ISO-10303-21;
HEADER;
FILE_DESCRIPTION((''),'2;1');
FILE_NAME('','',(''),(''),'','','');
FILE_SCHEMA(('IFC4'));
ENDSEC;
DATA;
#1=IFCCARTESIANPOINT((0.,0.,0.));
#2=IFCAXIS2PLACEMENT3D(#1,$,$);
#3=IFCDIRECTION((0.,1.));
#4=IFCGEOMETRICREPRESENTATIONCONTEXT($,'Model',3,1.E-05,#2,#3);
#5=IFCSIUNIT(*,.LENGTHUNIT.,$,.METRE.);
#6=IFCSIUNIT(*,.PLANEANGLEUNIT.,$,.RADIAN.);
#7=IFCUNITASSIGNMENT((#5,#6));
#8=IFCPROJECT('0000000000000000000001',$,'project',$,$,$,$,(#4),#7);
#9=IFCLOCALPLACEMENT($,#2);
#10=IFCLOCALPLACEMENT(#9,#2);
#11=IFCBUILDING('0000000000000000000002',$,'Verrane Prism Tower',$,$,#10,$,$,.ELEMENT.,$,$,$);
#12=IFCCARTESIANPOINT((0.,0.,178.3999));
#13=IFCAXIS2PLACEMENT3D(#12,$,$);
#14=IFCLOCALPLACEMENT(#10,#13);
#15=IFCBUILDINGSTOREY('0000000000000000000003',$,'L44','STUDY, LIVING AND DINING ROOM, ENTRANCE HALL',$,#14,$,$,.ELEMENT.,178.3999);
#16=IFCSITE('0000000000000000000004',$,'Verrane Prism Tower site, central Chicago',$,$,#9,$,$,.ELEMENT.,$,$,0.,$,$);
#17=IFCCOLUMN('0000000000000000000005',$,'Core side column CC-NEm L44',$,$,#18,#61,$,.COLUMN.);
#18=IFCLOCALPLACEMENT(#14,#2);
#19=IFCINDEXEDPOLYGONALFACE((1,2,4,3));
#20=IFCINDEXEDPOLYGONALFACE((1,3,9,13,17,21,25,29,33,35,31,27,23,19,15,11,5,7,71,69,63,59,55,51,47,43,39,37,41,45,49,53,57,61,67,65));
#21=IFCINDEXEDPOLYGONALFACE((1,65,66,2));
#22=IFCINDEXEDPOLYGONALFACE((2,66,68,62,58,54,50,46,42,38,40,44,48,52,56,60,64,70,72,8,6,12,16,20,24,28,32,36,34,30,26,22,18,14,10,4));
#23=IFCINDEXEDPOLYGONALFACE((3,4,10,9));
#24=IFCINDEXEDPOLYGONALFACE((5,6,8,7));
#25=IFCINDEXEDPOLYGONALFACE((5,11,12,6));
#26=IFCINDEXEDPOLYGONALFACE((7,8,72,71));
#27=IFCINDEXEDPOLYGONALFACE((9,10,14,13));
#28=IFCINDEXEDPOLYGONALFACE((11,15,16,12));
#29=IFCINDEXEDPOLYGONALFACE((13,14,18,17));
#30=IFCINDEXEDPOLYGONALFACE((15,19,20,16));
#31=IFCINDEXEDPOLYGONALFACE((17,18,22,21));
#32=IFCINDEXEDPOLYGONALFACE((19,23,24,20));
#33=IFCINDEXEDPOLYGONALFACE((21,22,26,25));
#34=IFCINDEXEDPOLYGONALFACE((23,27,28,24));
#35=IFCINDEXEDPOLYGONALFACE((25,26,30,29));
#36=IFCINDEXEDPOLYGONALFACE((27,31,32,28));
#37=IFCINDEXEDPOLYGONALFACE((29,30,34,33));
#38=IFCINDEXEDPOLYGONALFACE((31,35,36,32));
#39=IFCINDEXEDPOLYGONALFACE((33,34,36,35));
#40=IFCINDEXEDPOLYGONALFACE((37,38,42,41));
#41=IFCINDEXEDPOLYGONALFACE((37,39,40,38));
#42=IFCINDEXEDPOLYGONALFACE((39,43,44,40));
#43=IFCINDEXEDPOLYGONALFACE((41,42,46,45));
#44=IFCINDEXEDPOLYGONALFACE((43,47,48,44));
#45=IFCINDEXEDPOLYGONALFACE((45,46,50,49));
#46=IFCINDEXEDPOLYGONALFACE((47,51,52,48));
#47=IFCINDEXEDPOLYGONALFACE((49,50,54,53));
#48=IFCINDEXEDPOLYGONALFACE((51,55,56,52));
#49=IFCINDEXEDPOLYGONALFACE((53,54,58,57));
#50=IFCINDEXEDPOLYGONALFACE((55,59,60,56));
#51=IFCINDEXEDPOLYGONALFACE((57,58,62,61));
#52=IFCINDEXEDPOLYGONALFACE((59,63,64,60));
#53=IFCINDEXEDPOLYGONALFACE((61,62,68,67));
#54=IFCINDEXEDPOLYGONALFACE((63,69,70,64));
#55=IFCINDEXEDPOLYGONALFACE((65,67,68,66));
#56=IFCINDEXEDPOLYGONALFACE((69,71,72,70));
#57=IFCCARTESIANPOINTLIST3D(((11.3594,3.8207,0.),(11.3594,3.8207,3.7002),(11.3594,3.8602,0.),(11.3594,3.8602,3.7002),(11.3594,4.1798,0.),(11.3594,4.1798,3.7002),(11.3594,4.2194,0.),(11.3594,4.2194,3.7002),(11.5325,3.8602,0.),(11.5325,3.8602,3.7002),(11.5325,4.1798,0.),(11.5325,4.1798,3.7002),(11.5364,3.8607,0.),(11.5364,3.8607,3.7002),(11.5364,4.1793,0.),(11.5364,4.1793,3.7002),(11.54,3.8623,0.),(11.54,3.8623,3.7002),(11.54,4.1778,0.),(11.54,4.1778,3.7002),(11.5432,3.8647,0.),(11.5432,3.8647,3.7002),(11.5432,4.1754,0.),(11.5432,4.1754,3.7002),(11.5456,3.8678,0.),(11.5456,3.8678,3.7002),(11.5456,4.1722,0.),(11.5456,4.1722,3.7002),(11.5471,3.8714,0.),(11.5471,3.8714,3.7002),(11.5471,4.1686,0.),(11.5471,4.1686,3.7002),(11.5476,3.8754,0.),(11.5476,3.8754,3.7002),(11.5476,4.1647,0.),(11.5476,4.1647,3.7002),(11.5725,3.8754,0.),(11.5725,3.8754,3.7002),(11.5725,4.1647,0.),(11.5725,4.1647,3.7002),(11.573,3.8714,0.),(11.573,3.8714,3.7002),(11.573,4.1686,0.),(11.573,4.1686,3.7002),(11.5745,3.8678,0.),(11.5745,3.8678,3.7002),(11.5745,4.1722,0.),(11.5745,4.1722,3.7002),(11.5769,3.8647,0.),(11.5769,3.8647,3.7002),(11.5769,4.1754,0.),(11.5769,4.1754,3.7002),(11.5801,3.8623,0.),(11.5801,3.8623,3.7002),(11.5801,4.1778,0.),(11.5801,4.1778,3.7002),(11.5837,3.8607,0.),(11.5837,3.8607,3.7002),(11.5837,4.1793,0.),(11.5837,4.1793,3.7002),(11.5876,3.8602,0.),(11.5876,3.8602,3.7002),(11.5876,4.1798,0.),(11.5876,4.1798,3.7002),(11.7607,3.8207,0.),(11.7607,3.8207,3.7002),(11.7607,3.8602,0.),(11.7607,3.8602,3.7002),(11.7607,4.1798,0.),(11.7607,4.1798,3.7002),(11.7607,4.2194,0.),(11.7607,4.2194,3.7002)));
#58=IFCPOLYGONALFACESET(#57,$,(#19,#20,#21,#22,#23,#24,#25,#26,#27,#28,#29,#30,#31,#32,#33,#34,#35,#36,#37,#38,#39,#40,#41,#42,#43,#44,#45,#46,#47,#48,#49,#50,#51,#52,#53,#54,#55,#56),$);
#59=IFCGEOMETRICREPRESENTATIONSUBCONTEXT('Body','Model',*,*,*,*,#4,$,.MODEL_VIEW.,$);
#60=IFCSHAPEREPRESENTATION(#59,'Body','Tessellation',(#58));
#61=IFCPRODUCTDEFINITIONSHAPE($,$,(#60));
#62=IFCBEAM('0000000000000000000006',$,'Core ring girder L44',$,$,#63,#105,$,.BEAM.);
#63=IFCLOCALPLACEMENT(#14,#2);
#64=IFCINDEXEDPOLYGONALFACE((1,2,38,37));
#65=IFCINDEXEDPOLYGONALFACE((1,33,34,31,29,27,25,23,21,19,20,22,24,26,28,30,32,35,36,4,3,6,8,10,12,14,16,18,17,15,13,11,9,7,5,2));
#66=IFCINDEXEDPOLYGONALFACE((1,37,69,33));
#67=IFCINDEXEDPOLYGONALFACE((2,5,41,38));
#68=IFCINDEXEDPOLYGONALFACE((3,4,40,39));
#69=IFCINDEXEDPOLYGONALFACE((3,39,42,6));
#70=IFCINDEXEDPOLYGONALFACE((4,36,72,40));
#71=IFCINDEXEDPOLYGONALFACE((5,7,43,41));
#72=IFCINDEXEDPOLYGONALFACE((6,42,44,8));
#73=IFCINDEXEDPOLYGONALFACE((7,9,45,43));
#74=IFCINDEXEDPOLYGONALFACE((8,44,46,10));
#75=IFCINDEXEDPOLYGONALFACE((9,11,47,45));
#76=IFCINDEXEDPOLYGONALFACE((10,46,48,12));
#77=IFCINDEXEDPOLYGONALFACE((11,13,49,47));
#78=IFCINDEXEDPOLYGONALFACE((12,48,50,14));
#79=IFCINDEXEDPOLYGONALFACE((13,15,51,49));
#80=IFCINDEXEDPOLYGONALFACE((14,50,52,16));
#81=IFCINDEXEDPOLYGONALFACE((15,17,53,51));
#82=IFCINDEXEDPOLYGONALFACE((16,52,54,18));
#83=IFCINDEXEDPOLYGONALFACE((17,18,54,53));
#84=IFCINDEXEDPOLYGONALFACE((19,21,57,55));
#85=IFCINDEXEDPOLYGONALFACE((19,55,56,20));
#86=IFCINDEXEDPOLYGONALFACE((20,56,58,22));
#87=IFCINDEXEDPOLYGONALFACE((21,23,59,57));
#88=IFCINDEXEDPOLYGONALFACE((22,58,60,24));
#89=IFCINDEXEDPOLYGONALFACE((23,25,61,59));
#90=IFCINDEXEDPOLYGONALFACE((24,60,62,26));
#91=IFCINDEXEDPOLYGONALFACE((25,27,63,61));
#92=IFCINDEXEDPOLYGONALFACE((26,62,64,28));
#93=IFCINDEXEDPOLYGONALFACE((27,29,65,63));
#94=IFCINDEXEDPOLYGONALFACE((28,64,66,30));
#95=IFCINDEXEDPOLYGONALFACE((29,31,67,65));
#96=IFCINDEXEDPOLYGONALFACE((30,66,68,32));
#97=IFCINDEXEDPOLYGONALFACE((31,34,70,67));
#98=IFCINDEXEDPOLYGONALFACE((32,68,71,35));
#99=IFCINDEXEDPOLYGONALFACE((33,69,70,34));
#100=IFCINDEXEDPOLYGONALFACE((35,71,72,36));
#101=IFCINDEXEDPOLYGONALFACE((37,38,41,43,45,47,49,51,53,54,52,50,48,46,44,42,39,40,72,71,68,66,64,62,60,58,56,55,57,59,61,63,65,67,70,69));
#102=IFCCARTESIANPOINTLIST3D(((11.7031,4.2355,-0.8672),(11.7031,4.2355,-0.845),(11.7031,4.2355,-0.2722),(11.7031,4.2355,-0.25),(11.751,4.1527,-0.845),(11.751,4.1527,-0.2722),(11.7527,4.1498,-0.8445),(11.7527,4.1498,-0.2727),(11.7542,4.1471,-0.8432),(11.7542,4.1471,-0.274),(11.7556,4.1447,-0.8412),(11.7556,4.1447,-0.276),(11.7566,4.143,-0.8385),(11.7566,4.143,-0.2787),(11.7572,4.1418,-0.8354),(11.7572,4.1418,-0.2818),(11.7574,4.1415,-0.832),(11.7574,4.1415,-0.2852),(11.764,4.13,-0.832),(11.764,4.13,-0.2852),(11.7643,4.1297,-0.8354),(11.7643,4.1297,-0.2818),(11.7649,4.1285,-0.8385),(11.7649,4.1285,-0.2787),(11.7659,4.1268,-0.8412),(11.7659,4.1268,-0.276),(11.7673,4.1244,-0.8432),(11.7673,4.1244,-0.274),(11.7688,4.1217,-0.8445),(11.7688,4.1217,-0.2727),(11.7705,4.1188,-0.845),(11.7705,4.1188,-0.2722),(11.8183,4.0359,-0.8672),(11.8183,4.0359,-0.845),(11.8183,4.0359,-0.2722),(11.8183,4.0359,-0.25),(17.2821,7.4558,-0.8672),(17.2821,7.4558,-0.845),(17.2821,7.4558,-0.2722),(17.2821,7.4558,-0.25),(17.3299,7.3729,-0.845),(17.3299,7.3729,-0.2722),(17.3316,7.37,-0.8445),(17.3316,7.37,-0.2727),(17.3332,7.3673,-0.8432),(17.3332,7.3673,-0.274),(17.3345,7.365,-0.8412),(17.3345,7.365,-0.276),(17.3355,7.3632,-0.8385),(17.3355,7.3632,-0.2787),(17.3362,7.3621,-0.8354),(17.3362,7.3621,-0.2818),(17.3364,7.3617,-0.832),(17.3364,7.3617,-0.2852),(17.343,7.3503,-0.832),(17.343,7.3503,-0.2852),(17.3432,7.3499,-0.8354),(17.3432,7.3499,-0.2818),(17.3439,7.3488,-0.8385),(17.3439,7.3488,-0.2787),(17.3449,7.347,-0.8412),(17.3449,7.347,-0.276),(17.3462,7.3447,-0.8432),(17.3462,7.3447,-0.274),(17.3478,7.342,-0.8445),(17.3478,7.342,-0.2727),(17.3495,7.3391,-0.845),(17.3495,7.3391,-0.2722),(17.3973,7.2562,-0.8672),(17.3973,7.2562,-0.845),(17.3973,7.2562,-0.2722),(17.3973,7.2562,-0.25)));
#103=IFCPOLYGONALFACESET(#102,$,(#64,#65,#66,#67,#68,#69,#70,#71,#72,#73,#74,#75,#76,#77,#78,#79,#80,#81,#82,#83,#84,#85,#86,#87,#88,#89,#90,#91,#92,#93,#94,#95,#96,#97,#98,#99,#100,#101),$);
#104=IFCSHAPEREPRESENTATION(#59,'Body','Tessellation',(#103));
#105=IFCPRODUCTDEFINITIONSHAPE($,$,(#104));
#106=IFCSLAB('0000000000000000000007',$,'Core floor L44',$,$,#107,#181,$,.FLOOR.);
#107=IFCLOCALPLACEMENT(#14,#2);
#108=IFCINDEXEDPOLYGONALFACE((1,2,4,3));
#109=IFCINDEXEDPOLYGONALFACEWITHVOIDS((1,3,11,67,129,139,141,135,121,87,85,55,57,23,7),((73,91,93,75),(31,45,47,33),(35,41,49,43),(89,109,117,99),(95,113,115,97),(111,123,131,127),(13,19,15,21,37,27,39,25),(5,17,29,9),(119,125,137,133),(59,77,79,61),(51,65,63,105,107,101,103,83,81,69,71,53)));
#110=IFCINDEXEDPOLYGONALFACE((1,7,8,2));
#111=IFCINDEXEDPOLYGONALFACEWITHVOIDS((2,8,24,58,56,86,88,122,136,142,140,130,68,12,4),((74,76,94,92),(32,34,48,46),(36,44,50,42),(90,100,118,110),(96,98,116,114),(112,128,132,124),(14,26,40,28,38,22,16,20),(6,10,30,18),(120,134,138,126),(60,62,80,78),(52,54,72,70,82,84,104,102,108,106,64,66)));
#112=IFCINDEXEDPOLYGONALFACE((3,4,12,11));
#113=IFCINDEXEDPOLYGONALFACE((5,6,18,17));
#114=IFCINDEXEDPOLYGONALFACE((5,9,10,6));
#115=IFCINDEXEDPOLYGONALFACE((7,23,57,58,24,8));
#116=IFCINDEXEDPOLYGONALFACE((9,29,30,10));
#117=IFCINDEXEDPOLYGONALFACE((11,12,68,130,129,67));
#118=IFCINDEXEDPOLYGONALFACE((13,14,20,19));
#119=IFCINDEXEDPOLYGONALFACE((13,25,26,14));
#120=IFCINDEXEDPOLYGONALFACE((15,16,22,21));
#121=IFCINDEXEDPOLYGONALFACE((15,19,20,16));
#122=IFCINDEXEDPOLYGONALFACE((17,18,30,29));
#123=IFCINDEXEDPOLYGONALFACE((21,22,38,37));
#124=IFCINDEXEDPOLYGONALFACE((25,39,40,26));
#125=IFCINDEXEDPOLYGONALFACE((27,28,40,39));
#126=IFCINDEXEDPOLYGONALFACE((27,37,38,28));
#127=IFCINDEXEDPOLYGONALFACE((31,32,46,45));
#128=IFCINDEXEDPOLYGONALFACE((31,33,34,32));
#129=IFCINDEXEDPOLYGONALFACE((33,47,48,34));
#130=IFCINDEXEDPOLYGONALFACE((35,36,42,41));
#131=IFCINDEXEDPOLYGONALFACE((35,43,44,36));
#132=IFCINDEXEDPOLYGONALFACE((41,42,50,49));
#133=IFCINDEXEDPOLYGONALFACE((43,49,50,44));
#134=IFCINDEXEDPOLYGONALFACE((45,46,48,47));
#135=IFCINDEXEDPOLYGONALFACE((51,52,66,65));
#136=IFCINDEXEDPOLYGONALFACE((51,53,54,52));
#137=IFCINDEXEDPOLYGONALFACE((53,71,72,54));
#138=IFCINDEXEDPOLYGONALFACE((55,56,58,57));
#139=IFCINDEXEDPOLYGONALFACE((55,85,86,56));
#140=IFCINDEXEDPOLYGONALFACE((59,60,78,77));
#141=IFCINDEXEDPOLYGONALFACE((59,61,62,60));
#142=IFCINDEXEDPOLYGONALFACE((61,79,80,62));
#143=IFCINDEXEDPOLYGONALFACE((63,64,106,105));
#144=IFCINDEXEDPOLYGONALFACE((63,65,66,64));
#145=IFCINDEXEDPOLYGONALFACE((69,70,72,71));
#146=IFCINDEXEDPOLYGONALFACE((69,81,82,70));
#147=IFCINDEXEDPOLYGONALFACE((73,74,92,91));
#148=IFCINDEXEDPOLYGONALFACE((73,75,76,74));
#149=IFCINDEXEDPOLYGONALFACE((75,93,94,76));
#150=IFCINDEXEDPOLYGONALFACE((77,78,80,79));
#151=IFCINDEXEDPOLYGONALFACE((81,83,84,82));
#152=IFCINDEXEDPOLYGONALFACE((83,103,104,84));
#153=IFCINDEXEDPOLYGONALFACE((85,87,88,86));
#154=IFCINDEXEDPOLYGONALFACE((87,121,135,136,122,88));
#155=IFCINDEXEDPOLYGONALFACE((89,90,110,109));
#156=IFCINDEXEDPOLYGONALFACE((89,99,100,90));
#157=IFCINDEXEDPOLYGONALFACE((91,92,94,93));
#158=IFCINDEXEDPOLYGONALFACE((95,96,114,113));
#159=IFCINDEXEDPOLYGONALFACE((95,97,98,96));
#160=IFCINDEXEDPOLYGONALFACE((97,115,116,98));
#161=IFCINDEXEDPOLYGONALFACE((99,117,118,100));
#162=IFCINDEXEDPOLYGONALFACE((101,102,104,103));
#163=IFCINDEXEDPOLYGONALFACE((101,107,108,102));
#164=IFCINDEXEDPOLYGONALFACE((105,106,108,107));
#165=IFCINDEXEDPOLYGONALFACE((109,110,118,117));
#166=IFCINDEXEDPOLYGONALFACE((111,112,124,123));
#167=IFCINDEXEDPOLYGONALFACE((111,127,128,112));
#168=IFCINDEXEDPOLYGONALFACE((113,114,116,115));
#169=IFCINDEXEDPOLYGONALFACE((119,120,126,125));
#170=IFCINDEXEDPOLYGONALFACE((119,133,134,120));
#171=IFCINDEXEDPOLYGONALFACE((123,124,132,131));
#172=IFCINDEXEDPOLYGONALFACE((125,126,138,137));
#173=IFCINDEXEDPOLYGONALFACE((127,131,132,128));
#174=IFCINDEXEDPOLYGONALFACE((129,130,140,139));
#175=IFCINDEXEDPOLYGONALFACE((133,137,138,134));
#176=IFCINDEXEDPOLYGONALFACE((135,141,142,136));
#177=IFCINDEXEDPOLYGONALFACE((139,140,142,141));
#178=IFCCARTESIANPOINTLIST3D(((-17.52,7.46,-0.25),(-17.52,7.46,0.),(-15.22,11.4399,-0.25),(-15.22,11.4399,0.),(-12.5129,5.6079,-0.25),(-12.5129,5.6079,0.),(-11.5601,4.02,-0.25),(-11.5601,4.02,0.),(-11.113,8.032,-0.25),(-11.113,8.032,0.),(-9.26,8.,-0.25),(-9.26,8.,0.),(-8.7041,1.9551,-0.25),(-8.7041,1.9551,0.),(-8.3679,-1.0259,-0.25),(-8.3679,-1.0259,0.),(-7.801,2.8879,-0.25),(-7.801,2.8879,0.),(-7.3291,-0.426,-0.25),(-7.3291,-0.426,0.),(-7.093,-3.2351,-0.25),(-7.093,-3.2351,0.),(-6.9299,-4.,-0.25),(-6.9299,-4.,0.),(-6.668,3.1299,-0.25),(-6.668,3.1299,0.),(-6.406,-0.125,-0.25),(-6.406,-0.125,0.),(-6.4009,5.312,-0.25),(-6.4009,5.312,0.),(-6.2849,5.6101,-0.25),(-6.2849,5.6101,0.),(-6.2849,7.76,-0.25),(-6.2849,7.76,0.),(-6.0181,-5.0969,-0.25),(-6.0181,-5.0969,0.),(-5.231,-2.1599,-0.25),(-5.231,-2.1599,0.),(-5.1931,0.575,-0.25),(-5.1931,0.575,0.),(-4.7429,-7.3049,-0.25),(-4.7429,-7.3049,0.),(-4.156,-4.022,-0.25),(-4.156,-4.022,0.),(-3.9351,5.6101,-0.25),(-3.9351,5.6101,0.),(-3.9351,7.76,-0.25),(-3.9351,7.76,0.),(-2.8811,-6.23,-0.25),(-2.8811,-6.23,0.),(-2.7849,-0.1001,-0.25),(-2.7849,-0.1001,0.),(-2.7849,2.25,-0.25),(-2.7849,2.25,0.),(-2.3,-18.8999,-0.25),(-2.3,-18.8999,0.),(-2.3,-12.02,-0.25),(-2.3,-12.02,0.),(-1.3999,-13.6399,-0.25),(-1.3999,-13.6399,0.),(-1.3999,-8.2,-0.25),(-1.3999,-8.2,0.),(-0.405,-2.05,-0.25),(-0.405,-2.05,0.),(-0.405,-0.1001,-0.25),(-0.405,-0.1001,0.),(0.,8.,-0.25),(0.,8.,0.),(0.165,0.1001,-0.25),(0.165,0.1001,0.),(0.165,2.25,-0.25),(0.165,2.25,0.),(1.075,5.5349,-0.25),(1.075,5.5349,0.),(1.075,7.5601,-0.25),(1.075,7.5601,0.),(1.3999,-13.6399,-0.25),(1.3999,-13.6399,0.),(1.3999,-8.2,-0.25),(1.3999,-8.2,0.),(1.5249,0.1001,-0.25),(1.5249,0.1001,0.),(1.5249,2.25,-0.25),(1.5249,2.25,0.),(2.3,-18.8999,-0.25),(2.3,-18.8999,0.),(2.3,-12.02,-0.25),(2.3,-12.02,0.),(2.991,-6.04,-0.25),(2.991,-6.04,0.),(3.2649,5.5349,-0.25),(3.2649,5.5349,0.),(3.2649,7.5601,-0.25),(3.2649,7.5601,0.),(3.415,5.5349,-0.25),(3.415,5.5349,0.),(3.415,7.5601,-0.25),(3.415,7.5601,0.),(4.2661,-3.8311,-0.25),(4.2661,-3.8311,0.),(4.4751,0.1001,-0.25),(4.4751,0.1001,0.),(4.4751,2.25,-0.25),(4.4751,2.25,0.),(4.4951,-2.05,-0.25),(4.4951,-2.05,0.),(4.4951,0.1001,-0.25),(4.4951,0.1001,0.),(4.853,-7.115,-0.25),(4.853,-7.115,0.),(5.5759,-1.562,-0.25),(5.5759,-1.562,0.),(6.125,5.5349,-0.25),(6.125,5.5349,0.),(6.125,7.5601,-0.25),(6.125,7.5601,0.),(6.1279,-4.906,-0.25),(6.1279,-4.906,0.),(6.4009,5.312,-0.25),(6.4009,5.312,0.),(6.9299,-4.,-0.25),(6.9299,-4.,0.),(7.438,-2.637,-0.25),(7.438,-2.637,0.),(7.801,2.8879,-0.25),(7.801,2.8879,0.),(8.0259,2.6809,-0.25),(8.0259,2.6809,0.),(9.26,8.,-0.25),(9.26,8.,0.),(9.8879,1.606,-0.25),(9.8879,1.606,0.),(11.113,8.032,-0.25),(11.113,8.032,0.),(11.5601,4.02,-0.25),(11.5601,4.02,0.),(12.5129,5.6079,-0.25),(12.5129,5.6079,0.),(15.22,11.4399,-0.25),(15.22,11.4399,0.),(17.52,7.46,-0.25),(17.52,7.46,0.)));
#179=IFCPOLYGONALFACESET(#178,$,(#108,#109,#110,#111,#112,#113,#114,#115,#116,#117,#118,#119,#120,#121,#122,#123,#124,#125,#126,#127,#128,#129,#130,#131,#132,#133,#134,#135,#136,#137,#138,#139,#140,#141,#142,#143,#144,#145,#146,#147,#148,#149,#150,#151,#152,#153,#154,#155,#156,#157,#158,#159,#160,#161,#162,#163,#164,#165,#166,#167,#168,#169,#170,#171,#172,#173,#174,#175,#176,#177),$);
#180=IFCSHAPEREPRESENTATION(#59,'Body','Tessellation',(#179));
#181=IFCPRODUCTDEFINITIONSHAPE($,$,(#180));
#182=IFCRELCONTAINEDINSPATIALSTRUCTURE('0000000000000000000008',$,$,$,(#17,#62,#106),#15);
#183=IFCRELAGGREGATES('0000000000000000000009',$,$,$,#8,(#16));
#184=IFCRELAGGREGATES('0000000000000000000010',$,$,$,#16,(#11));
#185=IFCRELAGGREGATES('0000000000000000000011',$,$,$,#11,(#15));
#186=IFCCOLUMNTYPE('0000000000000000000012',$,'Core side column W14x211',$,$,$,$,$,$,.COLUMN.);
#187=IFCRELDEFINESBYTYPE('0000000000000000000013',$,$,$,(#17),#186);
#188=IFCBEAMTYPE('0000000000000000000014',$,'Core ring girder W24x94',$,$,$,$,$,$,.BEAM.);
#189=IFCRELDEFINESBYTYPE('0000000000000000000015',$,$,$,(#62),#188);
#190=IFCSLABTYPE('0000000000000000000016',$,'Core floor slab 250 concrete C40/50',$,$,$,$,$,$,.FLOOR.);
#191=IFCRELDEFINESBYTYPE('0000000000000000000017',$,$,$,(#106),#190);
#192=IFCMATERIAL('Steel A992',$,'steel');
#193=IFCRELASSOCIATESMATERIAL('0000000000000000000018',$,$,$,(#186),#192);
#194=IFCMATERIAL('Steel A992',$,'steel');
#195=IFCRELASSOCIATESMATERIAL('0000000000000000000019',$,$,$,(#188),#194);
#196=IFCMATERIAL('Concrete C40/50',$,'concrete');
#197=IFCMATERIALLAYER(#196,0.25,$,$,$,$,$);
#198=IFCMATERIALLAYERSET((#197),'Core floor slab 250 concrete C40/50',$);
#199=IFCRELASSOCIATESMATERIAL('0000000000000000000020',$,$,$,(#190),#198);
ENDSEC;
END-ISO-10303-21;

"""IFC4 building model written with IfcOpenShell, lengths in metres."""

from ifc_helpers import new_model, si_unit, direction, frame, origin, origin_2d, place, context, subcontext, project, spatial, polyline, i_section, outline, extrude, material, layer, layer_set, material_profile, profile_set, type_object, element, save


model = new_model("IFC4")

# Units and contexts
model_context = context("Model", 3, precision=1e-05, world=origin(), true_north=direction((0.0, 1.0)))
body_context = subcontext(model_context, "Body", "Model", "MODEL_VIEW")
ifc_project = project(units=[si_unit("LENGTHUNIT", "METRE"), si_unit("PLANEANGLEUNIT", "RADIAN")], contexts=[model_context])

# Site, building, storey
site_placement = place(None, origin())
site = spatial("IfcSite", under=ifc_project, at=site_placement, Name="Verrane Prism Tower site, central Chicago", CompositionType="ELEMENT", RefElevation=0.0)
building_placement = place(site_placement, origin())
building = spatial("IfcBuilding", under=site, at=building_placement, Name="Verrane Prism Tower", CompositionType="ELEMENT")
storey_placement = place(building_placement, frame((0.0, 0.0, 178.3999)))
storey = spatial("IfcBuildingStorey", under=building, at=storey_placement, Name="L44", Description="STUDY, LIVING AND DINING ROOM, ENTRANCE HALL", CompositionType="ELEMENT", Elevation=178.3999)

# Column
ifc_material_1 = material(Name="Steel A992", Category="steel")
ifc_material_profile_1 = material_profile(ifc_material_1, i_section(OverallWidth=0.4014, OverallDepth=0.3987, WebThickness=0.0249, FlangeThickness=0.0396, FilletRadius=0.0151, at=origin_2d()), Name="W14x211")
ifc_profile_set_1 = profile_set([ifc_material_profile_1], Name="Steel A992")
column_type = type_object("IfcColumnType", Name="Core side column W14x211", PredefinedType="COLUMN", material=ifc_profile_set_1)
column_placement = place(storey_placement, frame((11.5601, 4.02, 0.0), z_axis=(0.0, 0.0, 1.0), x_axis=(1.0, 0.0, 0.0)))
element("IfcColumn", 1, at=column_placement, inside=storey, type_object=column_type, Name="Core side column CC-NEm L44", PredefinedType="COLUMN", context=body_context, shape_type="SweptSolid", body=[
    extrude(i_section(OverallWidth=0.4014, OverallDepth=0.3987, WebThickness=0.0249, FlangeThickness=0.0396, FilletRadius=0.0151, at=origin_2d()), origin(), (0.0, 0.0, 1.0), 3.7002),
])

# Beam
ifc_material_2 = material(Name="Steel A992", Category="steel")
ifc_material_profile_2 = material_profile(ifc_material_2, i_section(OverallWidth=0.2305, OverallDepth=0.6172, WebThickness=0.0132, FlangeThickness=0.0222, FilletRadius=0.0129, at=origin_2d()), Name="W24x94")
ifc_profile_set_2 = profile_set([ifc_material_profile_2], Name="Steel A992")
beam_type = type_object("IfcBeamType", Name="Core ring girder W24x94", PredefinedType="BEAM", material=ifc_profile_set_2)
beam_placement = place(storey_placement, frame((11.7607, 4.1357, -0.5586), z_axis=(0.866075, 0.499914, 0.0), x_axis=(-0.499914, 0.866075, 0.0)))
element("IfcBeam", 2, at=beam_placement, inside=storey, type_object=beam_type, Name="Core ring girder L44", PredefinedType="BEAM", context=body_context, shape_type="SweptSolid", body=[
    extrude(i_section(OverallWidth=0.2305, OverallDepth=0.6172, WebThickness=0.0132, FlangeThickness=0.0222, FilletRadius=0.0129, at=origin_2d()), origin(), (0.0, 0.0, 1.0), 6.4417),
])

# Slab
ifc_material_3 = material(Name="Concrete C40/50", Category="concrete")
ifc_layer_1 = layer(ifc_material_3, 0.25)
ifc_layer_set_1 = layer_set([ifc_layer_1], Name="Core floor slab 250 concrete C40/50")
slab_type_1 = type_object("IfcSlabType", Name="Core floor slab 250 concrete C40/50", PredefinedType="FLOOR", material=ifc_layer_set_1)
slab_1_placement = place(storey_placement, frame((0.0, 0.0, -0.25)))
element("IfcSlab", 3, at=slab_1_placement, inside=storey, type_object=slab_type_1, Name="Core floor L44", PredefinedType="FLOOR", context=body_context, shape_type="SweptSolid", body=[
    extrude(outline(polyline([(11.5601, 4.02), (17.52, 7.46), (15.22, 11.4399), (9.26, 8.0), (0.0, 8.0), (-9.26, 8.0), (-15.22, 11.4399), (-17.52, 7.46), (-11.5601, 4.02), (-6.9299, -4.0), (-2.3, -12.02), (-2.3, -18.8999), (2.3, -18.8999), (2.3, -12.02), (6.9299, -4.0), (11.5601, 4.02)]), holes=[polyline([(1.3999, -8.2), (1.3999, -13.6399), (-1.3999, -13.6399), (-1.3999, -8.2), (1.3999, -8.2)]), polyline([(-2.8811, -6.23), (-4.7429, -7.3049), (-6.0181, -5.0969), (-4.156, -4.022), (-2.8811, -6.23)]), polyline([(-7.801, 2.8879), (-12.5129, 5.6079), (-11.113, 8.032), (-6.4009, 5.312), (-7.801, 2.8879)]), polyline([(-6.2849, 5.6101), (-6.2849, 7.76), (-3.9351, 7.76), (-3.9351, 5.6101), (-6.2849, 5.6101)]), polyline([(4.2661, -3.8311), (6.1279, -4.906), (4.853, -7.115), (2.991, -6.04), (4.2661, -3.8311)]), polyline([(7.438, -2.637), (5.5759, -1.562), (8.0259, 2.6809), (9.8879, 1.606), (7.438, -2.637)]), polyline([(0.165, 0.1001), (1.5249, 0.1001), (1.5249, 2.25), (4.4751, 2.25), (4.4751, 0.1001), (4.4951, 0.1001), (4.4951, -2.05), (-0.405, -2.05), (-0.405, -0.1001), (-2.7849, -0.1001), (-2.7849, 2.25), (0.165, 2.25), (0.165, 0.1001)]), polyline([(6.4009, 5.312), (11.113, 8.032), (12.5129, 5.6079), (7.801, 2.8879), (6.4009, 5.312)]), polyline([(1.075, 5.5349), (1.075, 7.5601), (3.2649, 7.5601), (3.2649, 5.5349), (1.075, 5.5349)]), polyline([(3.415, 7.5601), (6.125, 7.5601), (6.125, 5.5349), (3.415, 5.5349), (3.415, 7.5601)]), polyline([(-5.231, -2.1599), (-7.093, -3.2351), (-8.3679, -1.0259), (-7.3291, -0.426), (-8.7041, 1.9551), (-6.668, 3.1299), (-5.1931, 0.575), (-6.406, -0.125), (-5.231, -2.1599)])]), origin(), (0.0, 0.0, 1.0), 0.25),
])

save(model, "model.ifc")
